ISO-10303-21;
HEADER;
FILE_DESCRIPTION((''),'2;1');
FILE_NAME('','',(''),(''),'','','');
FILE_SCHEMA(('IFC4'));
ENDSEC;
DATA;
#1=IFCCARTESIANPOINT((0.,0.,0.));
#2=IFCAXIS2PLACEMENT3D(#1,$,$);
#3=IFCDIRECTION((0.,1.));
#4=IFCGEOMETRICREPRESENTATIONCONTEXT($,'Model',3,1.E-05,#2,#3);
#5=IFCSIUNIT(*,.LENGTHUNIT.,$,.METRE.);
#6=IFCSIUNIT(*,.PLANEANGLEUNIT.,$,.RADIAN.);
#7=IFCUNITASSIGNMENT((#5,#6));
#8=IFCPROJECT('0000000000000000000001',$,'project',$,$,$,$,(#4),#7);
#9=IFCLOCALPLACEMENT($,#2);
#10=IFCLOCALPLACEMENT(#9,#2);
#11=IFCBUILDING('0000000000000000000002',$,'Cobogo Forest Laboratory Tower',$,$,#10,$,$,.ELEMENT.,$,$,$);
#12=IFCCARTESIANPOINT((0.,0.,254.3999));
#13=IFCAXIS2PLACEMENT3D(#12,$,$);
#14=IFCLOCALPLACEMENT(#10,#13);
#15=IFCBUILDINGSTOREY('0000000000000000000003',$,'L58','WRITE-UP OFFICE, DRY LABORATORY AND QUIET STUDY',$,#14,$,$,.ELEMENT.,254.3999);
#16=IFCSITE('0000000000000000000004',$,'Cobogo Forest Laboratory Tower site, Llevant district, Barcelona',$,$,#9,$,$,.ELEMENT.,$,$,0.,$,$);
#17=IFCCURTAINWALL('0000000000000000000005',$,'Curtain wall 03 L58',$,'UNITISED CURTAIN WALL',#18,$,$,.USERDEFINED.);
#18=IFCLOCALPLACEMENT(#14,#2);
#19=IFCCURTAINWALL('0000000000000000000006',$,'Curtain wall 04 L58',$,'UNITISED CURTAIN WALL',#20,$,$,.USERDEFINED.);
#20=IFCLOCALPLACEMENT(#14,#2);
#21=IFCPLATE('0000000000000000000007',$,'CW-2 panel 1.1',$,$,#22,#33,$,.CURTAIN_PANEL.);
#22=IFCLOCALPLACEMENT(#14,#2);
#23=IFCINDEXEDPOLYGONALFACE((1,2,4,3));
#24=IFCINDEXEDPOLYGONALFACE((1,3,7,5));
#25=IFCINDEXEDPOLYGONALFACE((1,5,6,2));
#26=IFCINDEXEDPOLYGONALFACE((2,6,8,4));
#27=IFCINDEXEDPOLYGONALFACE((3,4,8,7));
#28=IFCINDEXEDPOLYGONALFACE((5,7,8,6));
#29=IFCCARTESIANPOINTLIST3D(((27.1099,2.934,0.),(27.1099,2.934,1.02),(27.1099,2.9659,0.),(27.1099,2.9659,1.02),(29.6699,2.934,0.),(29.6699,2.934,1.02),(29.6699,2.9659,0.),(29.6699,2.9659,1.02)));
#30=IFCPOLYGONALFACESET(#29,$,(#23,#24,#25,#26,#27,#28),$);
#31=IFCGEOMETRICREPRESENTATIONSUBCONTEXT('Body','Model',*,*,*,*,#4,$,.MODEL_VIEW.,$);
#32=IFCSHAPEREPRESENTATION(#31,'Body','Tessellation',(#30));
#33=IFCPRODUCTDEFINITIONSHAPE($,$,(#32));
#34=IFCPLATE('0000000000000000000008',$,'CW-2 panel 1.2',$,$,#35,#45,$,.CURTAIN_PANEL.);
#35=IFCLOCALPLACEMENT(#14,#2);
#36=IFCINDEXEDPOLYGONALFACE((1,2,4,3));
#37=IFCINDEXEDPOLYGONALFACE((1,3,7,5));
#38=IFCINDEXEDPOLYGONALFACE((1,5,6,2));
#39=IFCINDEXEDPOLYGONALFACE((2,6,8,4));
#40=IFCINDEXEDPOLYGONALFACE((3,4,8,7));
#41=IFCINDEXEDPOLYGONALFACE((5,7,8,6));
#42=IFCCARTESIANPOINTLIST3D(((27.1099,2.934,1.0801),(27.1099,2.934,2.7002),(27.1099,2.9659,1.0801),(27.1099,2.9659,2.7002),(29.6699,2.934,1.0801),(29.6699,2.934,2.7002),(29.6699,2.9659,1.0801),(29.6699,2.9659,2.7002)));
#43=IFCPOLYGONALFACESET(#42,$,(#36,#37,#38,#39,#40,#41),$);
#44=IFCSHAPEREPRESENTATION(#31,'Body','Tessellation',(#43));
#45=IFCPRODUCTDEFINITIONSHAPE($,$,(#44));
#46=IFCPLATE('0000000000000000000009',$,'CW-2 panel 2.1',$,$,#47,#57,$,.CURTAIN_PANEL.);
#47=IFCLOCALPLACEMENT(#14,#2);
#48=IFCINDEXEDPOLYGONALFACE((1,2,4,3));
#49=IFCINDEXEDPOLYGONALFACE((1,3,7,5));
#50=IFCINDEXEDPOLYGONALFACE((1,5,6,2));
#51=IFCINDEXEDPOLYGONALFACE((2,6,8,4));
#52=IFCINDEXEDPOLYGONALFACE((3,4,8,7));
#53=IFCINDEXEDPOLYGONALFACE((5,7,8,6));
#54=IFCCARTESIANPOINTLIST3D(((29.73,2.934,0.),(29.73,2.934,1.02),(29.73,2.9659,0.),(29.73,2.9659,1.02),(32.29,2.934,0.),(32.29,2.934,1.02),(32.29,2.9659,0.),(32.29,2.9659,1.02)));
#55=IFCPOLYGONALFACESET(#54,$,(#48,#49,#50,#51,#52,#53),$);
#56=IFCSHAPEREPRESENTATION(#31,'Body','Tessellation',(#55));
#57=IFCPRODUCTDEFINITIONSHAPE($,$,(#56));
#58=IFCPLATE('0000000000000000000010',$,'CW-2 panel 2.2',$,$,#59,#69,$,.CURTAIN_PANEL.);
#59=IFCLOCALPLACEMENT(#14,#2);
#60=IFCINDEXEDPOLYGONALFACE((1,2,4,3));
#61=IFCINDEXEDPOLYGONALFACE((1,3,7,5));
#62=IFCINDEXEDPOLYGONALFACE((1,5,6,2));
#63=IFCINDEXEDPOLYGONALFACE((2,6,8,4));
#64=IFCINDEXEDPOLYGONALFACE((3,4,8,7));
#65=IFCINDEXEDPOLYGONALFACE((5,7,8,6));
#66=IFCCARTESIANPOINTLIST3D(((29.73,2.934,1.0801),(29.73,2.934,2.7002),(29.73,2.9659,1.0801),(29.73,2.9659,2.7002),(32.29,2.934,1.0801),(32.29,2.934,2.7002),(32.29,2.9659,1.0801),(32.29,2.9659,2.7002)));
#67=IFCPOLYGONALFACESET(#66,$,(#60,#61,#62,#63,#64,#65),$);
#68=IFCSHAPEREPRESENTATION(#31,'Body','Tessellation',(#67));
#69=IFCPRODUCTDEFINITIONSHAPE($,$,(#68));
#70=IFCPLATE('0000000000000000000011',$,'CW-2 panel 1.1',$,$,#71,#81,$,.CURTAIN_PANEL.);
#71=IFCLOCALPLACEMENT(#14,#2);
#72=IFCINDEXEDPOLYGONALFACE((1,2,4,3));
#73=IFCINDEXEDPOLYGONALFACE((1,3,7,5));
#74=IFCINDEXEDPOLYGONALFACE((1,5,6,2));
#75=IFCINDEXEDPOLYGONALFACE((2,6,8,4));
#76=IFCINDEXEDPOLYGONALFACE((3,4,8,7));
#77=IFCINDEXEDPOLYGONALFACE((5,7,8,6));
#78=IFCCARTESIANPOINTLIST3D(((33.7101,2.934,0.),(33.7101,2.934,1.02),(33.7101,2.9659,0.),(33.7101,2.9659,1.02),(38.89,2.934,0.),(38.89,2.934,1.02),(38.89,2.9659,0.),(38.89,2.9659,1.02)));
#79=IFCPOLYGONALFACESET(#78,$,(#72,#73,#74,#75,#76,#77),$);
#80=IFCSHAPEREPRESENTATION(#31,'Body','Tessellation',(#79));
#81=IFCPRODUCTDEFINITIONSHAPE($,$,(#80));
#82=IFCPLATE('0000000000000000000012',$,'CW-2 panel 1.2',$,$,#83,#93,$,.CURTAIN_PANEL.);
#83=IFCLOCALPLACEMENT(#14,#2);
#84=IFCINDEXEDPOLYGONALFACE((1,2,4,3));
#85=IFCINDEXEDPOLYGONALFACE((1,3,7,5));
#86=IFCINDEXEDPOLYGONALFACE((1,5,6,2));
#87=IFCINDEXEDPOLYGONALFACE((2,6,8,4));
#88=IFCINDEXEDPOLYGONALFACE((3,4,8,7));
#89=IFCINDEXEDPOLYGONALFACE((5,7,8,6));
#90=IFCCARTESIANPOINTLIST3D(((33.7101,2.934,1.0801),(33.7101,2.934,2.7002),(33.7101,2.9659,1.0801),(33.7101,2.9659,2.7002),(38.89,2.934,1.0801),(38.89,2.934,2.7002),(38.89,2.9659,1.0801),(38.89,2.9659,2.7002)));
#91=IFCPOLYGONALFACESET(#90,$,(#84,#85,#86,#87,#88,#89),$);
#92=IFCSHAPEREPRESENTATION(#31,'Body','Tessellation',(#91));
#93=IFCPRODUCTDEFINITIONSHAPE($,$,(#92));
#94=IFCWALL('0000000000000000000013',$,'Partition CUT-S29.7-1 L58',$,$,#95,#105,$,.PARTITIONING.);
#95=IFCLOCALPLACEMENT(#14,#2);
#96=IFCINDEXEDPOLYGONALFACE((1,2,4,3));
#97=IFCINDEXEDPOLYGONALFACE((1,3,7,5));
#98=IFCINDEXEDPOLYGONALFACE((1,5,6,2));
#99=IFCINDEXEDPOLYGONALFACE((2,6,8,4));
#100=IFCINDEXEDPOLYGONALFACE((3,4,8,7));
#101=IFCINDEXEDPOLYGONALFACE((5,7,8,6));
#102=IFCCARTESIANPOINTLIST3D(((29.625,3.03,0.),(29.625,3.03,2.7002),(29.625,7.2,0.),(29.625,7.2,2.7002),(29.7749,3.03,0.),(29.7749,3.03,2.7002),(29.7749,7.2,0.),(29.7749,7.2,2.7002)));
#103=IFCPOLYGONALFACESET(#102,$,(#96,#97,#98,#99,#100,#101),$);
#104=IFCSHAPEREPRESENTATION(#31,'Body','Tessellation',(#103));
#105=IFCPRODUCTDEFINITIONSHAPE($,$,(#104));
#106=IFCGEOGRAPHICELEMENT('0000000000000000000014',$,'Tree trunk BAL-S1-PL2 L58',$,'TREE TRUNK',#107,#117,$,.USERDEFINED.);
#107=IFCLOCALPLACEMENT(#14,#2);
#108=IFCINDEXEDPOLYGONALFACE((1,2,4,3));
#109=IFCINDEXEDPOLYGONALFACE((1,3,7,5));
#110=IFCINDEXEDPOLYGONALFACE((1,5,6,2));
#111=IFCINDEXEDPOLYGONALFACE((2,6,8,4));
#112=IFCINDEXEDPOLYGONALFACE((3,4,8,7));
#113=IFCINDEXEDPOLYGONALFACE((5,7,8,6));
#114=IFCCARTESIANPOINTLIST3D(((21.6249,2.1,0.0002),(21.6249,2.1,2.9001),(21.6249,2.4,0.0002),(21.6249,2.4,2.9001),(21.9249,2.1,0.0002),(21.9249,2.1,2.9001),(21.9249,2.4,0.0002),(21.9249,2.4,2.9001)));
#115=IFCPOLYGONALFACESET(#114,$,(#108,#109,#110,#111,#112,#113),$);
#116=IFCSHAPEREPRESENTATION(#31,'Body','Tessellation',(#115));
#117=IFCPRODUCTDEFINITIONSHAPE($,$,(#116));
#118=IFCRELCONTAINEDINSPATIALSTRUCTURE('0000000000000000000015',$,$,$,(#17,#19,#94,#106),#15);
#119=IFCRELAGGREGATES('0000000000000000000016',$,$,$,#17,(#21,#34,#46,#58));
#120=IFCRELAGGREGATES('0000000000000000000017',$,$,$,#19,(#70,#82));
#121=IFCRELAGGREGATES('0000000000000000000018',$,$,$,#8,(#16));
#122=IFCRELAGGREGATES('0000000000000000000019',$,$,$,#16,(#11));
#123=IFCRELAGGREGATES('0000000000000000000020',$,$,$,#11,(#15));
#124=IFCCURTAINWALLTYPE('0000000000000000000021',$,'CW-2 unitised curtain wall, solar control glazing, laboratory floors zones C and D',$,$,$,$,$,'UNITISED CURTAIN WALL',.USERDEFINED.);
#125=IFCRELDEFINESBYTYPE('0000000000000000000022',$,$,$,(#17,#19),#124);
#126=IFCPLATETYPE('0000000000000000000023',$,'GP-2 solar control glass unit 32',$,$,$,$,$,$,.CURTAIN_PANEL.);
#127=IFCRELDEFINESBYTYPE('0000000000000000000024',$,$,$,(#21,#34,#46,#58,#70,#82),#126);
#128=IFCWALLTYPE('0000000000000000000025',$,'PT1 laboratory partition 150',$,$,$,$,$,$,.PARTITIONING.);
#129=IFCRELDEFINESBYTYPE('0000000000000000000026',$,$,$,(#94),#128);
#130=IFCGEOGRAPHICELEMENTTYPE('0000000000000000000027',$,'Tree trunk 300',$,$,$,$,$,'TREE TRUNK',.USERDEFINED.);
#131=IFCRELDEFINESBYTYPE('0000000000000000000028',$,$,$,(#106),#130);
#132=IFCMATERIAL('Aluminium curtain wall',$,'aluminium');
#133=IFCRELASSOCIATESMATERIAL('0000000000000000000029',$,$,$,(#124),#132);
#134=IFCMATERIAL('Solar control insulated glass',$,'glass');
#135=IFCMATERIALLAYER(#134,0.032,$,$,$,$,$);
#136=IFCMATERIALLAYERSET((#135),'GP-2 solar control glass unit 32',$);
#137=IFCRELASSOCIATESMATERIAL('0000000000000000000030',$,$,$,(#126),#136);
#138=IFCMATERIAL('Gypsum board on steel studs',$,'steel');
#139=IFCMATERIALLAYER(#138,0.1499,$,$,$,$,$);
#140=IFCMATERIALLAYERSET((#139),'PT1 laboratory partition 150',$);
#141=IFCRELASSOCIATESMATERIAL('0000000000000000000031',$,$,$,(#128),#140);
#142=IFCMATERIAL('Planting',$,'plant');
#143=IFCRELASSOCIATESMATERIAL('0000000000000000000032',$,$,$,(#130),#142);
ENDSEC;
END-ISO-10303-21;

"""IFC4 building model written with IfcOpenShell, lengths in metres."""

from ifc_helpers import new_model, si_unit, direction, frame, frame_2d, origin, origin_2d, place, context, subcontext, project, spatial, rectangle, extrude, material, layer, layer_set, type_object, element, aggregate, save


model = new_model("IFC4")

# Units and contexts
model_context = context("Model", 3, precision=1e-05, world=origin(), true_north=direction((0.0, 1.0)))
body_context = subcontext(model_context, "Body", "Model", "MODEL_VIEW")
ifc_project = project(units=[si_unit("LENGTHUNIT", "METRE"), si_unit("PLANEANGLEUNIT", "RADIAN")], contexts=[model_context])

# Site, building, storey
site_placement = place(None, origin())
site = spatial("IfcSite", under=ifc_project, at=site_placement, Name="Cobogo Forest Laboratory Tower site, Llevant district, Barcelona", CompositionType="ELEMENT", RefElevation=0.0)
building_placement = place(site_placement, origin())
building = spatial("IfcBuilding", under=site, at=building_placement, Name="Cobogo Forest Laboratory Tower", CompositionType="ELEMENT")
storey_placement = place(building_placement, frame((0.0, 0.0, 254.3999)))
storey = spatial("IfcBuildingStorey", under=building, at=storey_placement, Name="L58", Description="WRITE-UP OFFICE, DRY LABORATORY AND QUIET STUDY", CompositionType="ELEMENT", Elevation=254.3999)

# Curtain walls
ifc_material_1 = material(Name="Aluminium curtain wall", Category="aluminium")
curtain_wall_type = type_object("IfcCurtainWallType", Name="CW-2 unitised curtain wall, solar control glazing, laboratory floors zones C and D", ElementType="UNITISED CURTAIN WALL", PredefinedType="USERDEFINED", material=ifc_material_1)
curtain_wall_1_placement = place(storey_placement, origin())
curtain_wall_1 = element("IfcCurtainWall", 1, at=curtain_wall_1_placement, inside=storey, type_object=curtain_wall_type, Name="Curtain wall 03 L58", ObjectType="UNITISED CURTAIN WALL", PredefinedType="USERDEFINED")
curtain_wall_2_placement = place(storey_placement, origin())
curtain_wall_2 = element("IfcCurtainWall", 2, at=curtain_wall_2_placement, inside=storey, type_object=curtain_wall_type, Name="Curtain wall 04 L58", ObjectType="UNITISED CURTAIN WALL", PredefinedType="USERDEFINED")

# Plates
ifc_material_2 = material(Name="Solar control insulated glass", Category="glass")
ifc_layer_1 = layer(ifc_material_2, 0.032)
ifc_layer_set_1 = layer_set([ifc_layer_1], Name="GP-2 solar control glass unit 32")
plate_type_1 = type_object("IfcPlateType", Name="GP-2 solar control glass unit 32", PredefinedType="CURTAIN_PANEL", material=ifc_layer_set_1)
plate_1_placement = place(storey_placement, frame((28.3899, 2.95, 0.0), z_axis=(0.0, 0.0, 1.0), x_axis=(1.0, 0.0, 0.0)))
plate_1 = element("IfcPlate", 3, at=plate_1_placement, type_object=plate_type_1, Name="CW-2 panel 1.1", PredefinedType="CURTAIN_PANEL", context=body_context, shape_type="SweptSolid", body=[
    extrude(rectangle(XDim=2.5601, YDim=0.032, at=origin_2d()), origin(), (0.0, 0.0, 1.0), 1.02),
])
plate_2_placement = place(storey_placement, frame((28.3899, 2.95, 1.0801), z_axis=(0.0, 0.0, 1.0), x_axis=(1.0, 0.0, 0.0)))
plate_2 = element("IfcPlate", 4, at=plate_2_placement, type_object=plate_type_1, Name="CW-2 panel 1.2", PredefinedType="CURTAIN_PANEL", context=body_context, shape_type="SweptSolid", body=[
    extrude(rectangle(XDim=2.5601, YDim=0.032, at=origin_2d()), origin(), (0.0, 0.0, 1.0), 1.6201),
])
plate_3_placement = place(storey_placement, frame((31.01, 2.95, 0.0), z_axis=(0.0, 0.0, 1.0), x_axis=(1.0, 0.0, 0.0)))
plate_3 = element("IfcPlate", 5, at=plate_3_placement, type_object=plate_type_1, Name="CW-2 panel 2.1", PredefinedType="CURTAIN_PANEL", context=body_context, shape_type="SweptSolid", body=[
    extrude(rectangle(XDim=2.5601, YDim=0.032, at=origin_2d()), origin(), (0.0, 0.0, 1.0), 1.02),
])
plate_4_placement = place(storey_placement, frame((31.01, 2.95, 1.0801), z_axis=(0.0, 0.0, 1.0), x_axis=(1.0, 0.0, 0.0)))
plate_4 = element("IfcPlate", 6, at=plate_4_placement, type_object=plate_type_1, Name="CW-2 panel 2.2", PredefinedType="CURTAIN_PANEL", context=body_context, shape_type="SweptSolid", body=[
    extrude(rectangle(XDim=2.5601, YDim=0.032, at=origin_2d()), origin(), (0.0, 0.0, 1.0), 1.6201),
])
aggregate(curtain_wall_1, [plate_1, plate_2, plate_3, plate_4])
plate_5_placement = place(storey_placement, frame((36.3, 2.95, 0.0), z_axis=(0.0, 0.0, 1.0), x_axis=(1.0, 0.0, 0.0)))
plate_5 = element("IfcPlate", 7, at=plate_5_placement, type_object=plate_type_1, Name="CW-2 panel 1.1", PredefinedType="CURTAIN_PANEL", context=body_context, shape_type="SweptSolid", body=[
    extrude(rectangle(XDim=5.1799, YDim=0.032, at=origin_2d()), origin(), (0.0, 0.0, 1.0), 1.02),
])
plate_6_placement = place(storey_placement, frame((36.3, 2.95, 1.0801), z_axis=(0.0, 0.0, 1.0), x_axis=(1.0, 0.0, 0.0)))
plate_6 = element("IfcPlate", 8, at=plate_6_placement, type_object=plate_type_1, Name="CW-2 panel 1.2", PredefinedType="CURTAIN_PANEL", context=body_context, shape_type="SweptSolid", body=[
    extrude(rectangle(XDim=5.1799, YDim=0.032, at=origin_2d()), origin(), (0.0, 0.0, 1.0), 1.6201),
])
aggregate(curtain_wall_2, [plate_5, plate_6])

# Wall
ifc_material_3 = material(Name="Gypsum board on steel studs", Category="steel")
ifc_layer_2 = layer(ifc_material_3, 0.1499)
ifc_layer_set_2 = layer_set([ifc_layer_2], Name="PT1 laboratory partition 150")
wall_type = type_object("IfcWallType", Name="PT1 laboratory partition 150", PredefinedType="PARTITIONING", material=ifc_layer_set_2)
wall_placement = place(storey_placement, frame((29.7, 3.03, 0.0), z_axis=(0.0, 0.0, 1.0), x_axis=(0.0, 1.0, 0.0)))
element("IfcWall", 9, at=wall_placement, inside=storey, type_object=wall_type, Name="Partition CUT-S29.7-1 L58", PredefinedType="PARTITIONING", context=body_context, shape_type="SweptSolid", body=[
    extrude(rectangle(XDim=4.1699, YDim=0.1499, at=frame_2d((2.085, 0.0))), origin(), (0.0, 0.0, 1.0), 2.7002),
])

# Geographic element
ifc_material_4 = material(Name="Planting", Category="plant")
geographic_element_type = type_object("IfcGeographicElementType", Name="Tree trunk 300", ElementType="TREE TRUNK", PredefinedType="USERDEFINED", material=ifc_material_4)
geographic_element_placement = place(storey_placement, frame((21.7749, 2.25, 0.0002), z_axis=(0.0, 0.0, 1.0), x_axis=(1.0, 0.0, 0.0)))
element("IfcGeographicElement", 10, at=geographic_element_placement, inside=storey, type_object=geographic_element_type, Name="Tree trunk BAL-S1-PL2 L58", ObjectType="TREE TRUNK", PredefinedType="USERDEFINED", context=body_context, shape_type="SweptSolid", body=[
    extrude(rectangle(XDim=0.3, YDim=0.3, at=origin_2d()), origin(), (0.0, 0.0, 1.0), 2.8999),
])

save(model, "model.ifc")
